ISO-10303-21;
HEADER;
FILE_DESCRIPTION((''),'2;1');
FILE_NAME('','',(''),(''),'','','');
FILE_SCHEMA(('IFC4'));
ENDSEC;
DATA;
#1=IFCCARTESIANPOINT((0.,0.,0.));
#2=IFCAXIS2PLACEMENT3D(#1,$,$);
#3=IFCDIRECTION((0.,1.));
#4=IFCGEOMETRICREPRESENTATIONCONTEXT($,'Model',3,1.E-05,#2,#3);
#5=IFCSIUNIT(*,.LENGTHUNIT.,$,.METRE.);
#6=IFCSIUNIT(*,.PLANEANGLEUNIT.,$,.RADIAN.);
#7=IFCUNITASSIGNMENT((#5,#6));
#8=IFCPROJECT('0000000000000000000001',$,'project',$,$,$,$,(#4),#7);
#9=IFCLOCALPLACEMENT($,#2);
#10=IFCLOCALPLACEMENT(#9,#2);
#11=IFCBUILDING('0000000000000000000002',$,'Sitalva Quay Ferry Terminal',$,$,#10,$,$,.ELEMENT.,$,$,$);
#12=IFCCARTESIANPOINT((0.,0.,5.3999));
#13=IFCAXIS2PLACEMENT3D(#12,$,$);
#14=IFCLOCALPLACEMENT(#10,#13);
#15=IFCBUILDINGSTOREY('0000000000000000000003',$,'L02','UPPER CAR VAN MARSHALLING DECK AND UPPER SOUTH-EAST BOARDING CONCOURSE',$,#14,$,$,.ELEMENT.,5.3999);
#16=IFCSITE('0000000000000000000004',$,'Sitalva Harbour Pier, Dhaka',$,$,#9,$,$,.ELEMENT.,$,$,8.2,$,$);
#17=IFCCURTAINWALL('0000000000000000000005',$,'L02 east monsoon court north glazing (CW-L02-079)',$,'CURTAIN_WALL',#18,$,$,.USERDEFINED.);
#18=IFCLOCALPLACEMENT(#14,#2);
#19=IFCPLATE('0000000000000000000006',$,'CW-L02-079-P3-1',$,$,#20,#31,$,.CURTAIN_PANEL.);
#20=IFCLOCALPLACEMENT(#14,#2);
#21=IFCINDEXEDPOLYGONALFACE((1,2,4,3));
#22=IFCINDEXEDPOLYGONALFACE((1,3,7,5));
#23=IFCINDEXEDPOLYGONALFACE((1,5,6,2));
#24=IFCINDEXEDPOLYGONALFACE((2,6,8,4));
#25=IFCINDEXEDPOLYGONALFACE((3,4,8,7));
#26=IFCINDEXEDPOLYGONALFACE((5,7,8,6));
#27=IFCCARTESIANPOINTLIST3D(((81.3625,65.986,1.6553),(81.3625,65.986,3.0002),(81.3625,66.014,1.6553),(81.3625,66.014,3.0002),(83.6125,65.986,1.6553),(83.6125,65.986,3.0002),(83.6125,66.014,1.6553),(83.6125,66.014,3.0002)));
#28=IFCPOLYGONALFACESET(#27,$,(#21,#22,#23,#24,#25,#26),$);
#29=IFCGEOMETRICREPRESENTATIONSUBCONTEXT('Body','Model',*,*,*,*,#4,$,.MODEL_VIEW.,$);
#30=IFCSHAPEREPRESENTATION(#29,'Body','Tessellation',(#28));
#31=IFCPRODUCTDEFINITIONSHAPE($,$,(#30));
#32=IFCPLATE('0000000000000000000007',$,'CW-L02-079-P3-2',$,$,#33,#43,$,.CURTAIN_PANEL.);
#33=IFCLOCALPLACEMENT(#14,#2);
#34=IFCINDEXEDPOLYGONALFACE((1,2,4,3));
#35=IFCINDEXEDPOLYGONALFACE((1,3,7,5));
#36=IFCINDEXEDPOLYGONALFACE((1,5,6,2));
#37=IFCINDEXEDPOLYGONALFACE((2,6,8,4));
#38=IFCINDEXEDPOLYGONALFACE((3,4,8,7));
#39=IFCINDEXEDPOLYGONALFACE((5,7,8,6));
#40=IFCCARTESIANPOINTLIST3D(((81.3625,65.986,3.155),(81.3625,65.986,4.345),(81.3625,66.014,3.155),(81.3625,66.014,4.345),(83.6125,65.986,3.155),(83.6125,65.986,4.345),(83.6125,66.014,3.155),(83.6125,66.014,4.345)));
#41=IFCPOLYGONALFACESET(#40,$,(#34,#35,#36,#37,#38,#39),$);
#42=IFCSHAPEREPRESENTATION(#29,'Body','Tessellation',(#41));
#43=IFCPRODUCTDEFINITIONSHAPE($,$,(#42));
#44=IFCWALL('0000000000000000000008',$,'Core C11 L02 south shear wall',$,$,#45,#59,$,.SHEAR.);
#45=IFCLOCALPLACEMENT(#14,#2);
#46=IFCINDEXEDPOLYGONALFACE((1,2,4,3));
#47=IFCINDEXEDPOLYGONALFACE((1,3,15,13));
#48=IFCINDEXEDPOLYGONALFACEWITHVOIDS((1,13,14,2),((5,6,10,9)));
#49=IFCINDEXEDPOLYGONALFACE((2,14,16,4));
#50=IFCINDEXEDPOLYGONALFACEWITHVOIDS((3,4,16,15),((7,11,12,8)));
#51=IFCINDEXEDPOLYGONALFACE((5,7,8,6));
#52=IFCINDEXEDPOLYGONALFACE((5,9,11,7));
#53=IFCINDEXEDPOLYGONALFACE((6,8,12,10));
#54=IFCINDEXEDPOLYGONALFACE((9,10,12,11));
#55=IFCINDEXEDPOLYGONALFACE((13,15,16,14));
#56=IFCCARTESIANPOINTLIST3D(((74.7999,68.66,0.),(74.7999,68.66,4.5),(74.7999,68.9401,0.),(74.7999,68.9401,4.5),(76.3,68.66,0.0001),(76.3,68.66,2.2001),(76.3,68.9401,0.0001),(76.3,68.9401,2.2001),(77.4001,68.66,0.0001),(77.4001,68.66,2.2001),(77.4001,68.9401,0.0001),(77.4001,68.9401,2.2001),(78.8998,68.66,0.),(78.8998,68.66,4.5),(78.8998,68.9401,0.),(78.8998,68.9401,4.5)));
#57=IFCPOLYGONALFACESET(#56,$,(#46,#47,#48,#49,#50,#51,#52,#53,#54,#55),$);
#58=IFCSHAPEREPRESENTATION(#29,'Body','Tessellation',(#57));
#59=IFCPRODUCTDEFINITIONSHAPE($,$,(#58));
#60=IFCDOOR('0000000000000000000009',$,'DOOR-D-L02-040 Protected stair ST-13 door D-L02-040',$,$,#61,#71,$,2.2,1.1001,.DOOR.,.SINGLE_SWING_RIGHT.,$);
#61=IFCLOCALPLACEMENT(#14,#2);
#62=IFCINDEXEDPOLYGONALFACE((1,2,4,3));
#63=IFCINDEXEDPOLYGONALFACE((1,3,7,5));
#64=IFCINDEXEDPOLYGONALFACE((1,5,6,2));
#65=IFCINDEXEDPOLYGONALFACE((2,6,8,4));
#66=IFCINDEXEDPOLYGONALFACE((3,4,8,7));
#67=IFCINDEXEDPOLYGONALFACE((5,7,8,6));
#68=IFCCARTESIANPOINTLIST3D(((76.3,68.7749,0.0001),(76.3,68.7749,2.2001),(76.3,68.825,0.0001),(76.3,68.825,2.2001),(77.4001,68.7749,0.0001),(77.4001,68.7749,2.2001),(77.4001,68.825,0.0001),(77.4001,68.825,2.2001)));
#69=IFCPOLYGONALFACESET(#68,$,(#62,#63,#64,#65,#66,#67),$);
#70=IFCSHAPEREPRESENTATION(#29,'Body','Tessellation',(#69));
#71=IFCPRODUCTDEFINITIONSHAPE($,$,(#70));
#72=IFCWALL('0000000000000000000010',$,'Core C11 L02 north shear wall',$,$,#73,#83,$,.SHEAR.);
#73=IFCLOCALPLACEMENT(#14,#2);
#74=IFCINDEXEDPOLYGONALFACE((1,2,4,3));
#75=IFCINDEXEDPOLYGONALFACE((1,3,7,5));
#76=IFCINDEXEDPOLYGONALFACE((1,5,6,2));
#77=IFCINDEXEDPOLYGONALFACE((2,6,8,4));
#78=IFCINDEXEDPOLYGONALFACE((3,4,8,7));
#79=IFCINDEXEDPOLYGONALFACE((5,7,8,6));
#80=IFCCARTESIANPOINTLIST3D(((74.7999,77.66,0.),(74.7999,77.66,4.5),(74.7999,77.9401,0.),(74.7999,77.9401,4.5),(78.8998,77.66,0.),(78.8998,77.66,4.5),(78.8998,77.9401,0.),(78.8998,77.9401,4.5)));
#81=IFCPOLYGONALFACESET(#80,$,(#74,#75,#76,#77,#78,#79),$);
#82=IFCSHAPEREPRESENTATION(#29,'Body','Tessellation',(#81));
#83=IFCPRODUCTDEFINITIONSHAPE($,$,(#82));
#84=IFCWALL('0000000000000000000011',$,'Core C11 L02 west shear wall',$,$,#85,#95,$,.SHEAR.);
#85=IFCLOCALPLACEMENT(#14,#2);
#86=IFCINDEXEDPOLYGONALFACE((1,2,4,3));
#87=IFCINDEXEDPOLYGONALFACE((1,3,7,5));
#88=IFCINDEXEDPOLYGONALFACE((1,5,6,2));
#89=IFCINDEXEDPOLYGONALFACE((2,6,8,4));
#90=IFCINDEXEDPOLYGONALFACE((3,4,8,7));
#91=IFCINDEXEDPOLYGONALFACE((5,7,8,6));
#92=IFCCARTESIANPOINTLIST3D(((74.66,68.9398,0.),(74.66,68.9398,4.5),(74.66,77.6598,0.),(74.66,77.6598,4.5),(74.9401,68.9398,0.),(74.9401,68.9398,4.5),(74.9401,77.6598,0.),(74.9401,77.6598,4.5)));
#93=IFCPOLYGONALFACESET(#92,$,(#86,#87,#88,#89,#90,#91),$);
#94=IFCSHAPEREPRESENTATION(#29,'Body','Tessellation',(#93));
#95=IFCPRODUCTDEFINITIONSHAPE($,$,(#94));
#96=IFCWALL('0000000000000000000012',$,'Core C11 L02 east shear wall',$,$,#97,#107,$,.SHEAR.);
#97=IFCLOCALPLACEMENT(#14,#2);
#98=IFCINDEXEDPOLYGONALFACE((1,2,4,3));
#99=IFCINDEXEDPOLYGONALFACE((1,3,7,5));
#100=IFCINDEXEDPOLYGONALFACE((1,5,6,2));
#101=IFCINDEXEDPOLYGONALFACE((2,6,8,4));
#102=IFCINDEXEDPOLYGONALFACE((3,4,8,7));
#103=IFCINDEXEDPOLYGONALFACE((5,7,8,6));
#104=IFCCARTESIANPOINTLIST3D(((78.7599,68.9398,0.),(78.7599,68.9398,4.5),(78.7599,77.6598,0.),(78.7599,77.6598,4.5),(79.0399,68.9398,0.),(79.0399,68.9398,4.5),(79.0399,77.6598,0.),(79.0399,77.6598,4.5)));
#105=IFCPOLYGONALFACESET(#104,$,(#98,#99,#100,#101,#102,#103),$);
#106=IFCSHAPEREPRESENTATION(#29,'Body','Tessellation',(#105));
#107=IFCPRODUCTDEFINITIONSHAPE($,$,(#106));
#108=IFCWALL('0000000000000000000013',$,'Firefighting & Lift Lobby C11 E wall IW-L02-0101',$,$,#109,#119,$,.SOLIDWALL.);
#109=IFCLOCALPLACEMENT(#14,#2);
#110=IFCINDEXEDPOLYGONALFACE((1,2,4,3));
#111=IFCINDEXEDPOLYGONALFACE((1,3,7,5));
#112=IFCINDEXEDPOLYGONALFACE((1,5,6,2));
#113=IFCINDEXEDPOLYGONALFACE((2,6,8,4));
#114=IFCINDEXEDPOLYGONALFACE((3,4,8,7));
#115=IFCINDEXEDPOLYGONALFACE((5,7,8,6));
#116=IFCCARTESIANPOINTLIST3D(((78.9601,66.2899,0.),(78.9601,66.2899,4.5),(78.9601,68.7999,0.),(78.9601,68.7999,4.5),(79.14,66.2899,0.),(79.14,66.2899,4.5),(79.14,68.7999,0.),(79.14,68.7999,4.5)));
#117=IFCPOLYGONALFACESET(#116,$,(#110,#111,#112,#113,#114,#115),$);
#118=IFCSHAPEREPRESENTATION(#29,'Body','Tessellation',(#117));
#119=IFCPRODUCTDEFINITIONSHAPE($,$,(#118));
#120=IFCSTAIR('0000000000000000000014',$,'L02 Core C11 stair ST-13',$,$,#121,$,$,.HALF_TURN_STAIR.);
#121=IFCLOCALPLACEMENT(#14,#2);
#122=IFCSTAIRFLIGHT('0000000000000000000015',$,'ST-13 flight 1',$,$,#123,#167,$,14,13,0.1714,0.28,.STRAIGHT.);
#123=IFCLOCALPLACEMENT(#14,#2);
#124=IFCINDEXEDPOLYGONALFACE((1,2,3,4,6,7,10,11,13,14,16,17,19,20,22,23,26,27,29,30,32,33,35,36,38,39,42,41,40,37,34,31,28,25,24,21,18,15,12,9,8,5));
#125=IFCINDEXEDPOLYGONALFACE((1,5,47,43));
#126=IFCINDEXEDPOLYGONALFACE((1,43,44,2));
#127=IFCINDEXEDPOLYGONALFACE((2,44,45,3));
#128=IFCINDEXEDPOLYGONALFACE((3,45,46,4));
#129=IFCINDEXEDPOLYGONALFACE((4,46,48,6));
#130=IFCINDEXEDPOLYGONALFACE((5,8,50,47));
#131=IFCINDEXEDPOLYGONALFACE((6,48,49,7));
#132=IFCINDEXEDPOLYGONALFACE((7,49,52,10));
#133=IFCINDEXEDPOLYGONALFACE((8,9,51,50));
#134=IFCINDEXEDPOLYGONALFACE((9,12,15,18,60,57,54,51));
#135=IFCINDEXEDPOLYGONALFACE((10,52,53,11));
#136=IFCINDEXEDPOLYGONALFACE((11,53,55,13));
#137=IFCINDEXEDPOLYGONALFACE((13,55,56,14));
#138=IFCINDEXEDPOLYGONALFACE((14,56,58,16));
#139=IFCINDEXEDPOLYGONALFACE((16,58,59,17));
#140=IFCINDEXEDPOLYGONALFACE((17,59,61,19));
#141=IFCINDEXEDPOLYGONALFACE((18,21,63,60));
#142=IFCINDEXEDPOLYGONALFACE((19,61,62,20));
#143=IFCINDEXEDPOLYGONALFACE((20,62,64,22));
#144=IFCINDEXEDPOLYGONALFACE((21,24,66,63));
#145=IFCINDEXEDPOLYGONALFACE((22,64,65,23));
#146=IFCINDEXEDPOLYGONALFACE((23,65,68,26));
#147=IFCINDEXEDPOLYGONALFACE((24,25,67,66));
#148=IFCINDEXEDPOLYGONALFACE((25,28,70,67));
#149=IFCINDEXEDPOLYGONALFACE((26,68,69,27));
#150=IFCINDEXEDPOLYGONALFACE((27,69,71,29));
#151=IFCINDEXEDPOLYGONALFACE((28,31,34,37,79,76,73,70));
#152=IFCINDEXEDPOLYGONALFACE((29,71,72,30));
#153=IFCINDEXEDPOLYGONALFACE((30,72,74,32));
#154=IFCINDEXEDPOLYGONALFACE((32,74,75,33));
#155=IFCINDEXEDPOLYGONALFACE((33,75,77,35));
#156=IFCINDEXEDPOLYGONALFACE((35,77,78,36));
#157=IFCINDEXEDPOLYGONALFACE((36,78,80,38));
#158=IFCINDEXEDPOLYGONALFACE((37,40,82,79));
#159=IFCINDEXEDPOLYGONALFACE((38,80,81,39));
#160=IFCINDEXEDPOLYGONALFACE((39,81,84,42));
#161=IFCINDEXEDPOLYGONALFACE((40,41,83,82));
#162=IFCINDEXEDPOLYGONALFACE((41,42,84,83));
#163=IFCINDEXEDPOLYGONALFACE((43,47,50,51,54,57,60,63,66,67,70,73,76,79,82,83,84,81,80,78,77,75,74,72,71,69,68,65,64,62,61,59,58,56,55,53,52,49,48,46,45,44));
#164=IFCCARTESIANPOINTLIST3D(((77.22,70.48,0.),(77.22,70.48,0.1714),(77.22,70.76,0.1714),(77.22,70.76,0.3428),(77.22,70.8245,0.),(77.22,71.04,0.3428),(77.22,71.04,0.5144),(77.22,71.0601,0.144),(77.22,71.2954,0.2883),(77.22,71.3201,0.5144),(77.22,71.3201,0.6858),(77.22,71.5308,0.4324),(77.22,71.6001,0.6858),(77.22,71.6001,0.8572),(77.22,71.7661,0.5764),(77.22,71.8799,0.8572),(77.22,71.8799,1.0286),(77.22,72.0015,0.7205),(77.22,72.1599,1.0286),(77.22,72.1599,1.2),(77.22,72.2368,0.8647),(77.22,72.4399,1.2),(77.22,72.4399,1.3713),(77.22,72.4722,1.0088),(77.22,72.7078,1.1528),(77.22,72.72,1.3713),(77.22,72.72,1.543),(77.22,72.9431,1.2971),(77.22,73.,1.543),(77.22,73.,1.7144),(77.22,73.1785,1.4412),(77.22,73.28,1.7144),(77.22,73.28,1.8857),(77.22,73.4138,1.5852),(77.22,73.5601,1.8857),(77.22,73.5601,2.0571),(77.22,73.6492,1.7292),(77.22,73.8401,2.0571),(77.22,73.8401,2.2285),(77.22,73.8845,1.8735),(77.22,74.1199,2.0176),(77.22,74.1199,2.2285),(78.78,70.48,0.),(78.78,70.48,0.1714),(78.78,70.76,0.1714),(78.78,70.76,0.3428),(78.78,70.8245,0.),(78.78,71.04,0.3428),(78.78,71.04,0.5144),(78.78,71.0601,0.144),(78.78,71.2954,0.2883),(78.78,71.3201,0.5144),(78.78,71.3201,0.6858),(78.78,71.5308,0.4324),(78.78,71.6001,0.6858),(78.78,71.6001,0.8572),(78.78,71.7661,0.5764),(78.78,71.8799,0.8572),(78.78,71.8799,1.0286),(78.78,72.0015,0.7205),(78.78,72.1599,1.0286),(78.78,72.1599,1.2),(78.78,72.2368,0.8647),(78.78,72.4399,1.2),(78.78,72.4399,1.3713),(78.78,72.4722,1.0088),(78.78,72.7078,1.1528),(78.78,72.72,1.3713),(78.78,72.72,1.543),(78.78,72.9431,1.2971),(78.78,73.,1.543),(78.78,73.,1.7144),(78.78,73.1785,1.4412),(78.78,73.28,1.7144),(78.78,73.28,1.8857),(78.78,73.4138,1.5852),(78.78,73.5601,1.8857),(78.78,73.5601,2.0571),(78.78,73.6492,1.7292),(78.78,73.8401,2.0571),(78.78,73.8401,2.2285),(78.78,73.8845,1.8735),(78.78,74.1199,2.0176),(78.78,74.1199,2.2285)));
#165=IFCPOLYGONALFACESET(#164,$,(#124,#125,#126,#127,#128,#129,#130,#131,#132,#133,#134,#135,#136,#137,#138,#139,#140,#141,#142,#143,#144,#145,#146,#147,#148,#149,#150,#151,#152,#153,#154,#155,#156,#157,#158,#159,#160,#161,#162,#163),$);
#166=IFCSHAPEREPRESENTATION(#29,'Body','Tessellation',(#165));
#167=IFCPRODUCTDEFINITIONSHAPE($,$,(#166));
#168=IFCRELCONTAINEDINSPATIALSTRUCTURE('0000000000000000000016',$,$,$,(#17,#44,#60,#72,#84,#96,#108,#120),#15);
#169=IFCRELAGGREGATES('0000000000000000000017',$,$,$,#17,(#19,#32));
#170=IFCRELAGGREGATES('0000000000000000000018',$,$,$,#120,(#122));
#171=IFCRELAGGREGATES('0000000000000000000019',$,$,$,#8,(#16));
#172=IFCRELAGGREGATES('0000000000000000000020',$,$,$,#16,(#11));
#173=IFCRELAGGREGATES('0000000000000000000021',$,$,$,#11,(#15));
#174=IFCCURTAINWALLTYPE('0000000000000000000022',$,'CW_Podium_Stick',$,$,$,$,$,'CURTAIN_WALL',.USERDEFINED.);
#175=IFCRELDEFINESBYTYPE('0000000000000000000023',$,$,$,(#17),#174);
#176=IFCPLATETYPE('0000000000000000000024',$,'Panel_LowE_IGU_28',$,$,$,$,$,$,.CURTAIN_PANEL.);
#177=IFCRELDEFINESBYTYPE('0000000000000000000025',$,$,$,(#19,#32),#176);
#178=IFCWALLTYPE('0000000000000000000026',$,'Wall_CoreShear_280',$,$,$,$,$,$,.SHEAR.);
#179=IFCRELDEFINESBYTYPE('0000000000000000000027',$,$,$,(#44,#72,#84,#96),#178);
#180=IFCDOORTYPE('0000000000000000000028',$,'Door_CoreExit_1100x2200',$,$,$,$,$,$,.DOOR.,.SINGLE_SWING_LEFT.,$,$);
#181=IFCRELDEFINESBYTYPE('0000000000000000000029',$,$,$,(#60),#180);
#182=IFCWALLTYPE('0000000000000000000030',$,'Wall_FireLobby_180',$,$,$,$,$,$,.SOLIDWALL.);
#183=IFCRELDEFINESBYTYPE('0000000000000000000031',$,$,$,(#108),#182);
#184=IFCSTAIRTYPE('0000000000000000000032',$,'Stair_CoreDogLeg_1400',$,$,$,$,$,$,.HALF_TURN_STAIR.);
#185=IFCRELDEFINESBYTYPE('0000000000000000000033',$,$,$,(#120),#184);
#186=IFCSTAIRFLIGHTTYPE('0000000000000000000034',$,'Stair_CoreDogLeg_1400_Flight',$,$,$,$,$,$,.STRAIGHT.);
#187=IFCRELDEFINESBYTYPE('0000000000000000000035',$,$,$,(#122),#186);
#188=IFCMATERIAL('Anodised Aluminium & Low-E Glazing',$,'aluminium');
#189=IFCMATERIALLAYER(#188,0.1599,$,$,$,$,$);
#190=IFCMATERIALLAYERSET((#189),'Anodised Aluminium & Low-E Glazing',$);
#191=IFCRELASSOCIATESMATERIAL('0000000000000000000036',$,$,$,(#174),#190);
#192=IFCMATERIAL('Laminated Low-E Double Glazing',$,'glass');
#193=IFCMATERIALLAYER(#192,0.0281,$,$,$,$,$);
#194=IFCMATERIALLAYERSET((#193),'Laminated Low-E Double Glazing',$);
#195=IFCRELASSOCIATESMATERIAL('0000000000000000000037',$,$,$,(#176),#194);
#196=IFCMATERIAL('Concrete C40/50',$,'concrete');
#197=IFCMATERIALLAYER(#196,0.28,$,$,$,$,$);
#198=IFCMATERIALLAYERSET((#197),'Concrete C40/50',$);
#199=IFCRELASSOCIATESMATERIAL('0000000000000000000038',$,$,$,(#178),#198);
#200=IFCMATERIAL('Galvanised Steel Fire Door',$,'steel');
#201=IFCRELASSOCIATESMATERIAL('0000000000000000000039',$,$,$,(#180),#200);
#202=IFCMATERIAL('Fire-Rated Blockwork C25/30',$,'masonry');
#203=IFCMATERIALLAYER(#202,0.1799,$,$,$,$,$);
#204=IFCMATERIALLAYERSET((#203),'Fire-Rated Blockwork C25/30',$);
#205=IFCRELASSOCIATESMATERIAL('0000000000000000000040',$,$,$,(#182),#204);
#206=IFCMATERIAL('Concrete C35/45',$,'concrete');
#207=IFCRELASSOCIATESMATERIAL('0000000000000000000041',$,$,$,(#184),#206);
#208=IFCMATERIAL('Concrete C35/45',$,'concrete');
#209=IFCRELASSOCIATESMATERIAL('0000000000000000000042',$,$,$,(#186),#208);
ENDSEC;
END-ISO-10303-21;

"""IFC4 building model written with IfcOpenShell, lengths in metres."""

from ifc_helpers import new_model, si_unit, direction, frame, frame_2d, origin, origin_2d, place, context, subcontext, project, spatial, polyline, rectangle, outline, extrude, material, layer, layer_set, type_object, element, fill, aggregate, save


model = new_model("IFC4")

# Units and contexts
model_context = context("Model", 3, precision=1e-05, world=origin(), true_north=direction((0.0, 1.0)))
body_context = subcontext(model_context, "Body", "Model", "MODEL_VIEW")
ifc_project = project(units=[si_unit("LENGTHUNIT", "METRE"), si_unit("PLANEANGLEUNIT", "RADIAN")], contexts=[model_context])

# Site, building, storey
site_placement = place(None, origin())
site = spatial("IfcSite", under=ifc_project, at=site_placement, Name="Sitalva Harbour Pier, Dhaka", CompositionType="ELEMENT", RefElevation=8.2)
building_placement = place(site_placement, origin())
building = spatial("IfcBuilding", under=site, at=building_placement, Name="Sitalva Quay Ferry Terminal", CompositionType="ELEMENT")
storey_placement = place(building_placement, frame((0.0, 0.0, 5.3999)))
storey = spatial("IfcBuildingStorey", under=building, at=storey_placement, Name="L02", Description="UPPER CAR VAN MARSHALLING DECK AND UPPER SOUTH-EAST BOARDING CONCOURSE", CompositionType="ELEMENT", Elevation=5.3999)

# Curtain wall, plates
ifc_material_1 = material(Name="Anodised Aluminium & Low-E Glazing", Category="aluminium")
ifc_layer_1 = layer(ifc_material_1, 0.1599)
ifc_layer_set_1 = layer_set([ifc_layer_1], Name="Anodised Aluminium & Low-E Glazing")
curtain_wall_type = type_object("IfcCurtainWallType", Name="CW_Podium_Stick", ElementType="CURTAIN_WALL", PredefinedType="USERDEFINED", material=ifc_layer_set_1)
curtain_wall_placement = place(storey_placement, origin())
curtain_wall = element("IfcCurtainWall", 1, at=curtain_wall_placement, inside=storey, type_object=curtain_wall_type, Name="L02 east monsoon court north glazing (CW-L02-079)", ObjectType="CURTAIN_WALL", PredefinedType="USERDEFINED")
ifc_material_2 = material(Name="Laminated Low-E Double Glazing", Category="glass")
ifc_layer_2 = layer(ifc_material_2, 0.0281)
ifc_layer_set_2 = layer_set([ifc_layer_2], Name="Laminated Low-E Double Glazing")
plate_type = type_object("IfcPlateType", Name="Panel_LowE_IGU_28", PredefinedType="CURTAIN_PANEL", material=ifc_layer_set_2)
plate_1_placement = place(storey_placement, frame((82.4875, 66.0, 1.6553), z_axis=(0.0, 0.0, 1.0), x_axis=(1.0, 0.0, 0.0)))
plate_1 = element("IfcPlate", 2, at=plate_1_placement, type_object=plate_type, Name="CW-L02-079-P3-1", PredefinedType="CURTAIN_PANEL", context=body_context, shape_type="SweptSolid", body=[
    extrude(rectangle(XDim=2.25, YDim=0.0281, at=origin_2d()), origin(), (0.0, 0.0, 1.0), 1.345),
])
plate_2_placement = place(storey_placement, frame((82.4875, 66.0, 3.155), z_axis=(0.0, 0.0, 1.0), x_axis=(1.0, 0.0, 0.0)))
plate_2 = element("IfcPlate", 3, at=plate_2_placement, type_object=plate_type, Name="CW-L02-079-P3-2", PredefinedType="CURTAIN_PANEL", context=body_context, shape_type="SweptSolid", body=[
    extrude(rectangle(XDim=2.25, YDim=0.0281, at=origin_2d()), origin(), (0.0, 0.0, 1.0), 1.1899),
])
aggregate(curtain_wall, [plate_1, plate_2])

# Wall, opening, door
ifc_material_3 = material(Name="Concrete C40/50", Category="concrete")
ifc_layer_3 = layer(ifc_material_3, 0.28)
ifc_layer_set_3 = layer_set([ifc_layer_3], Name="Concrete C40/50")
wall_type_1 = type_object("IfcWallType", Name="Wall_CoreShear_280", PredefinedType="SHEAR", material=ifc_layer_set_3)
wall_1_placement = place(storey_placement, frame((74.8, 68.8, 0.0), z_axis=(0.0, 0.0, 1.0), x_axis=(1.0, 0.0, 0.0)))
wall_1 = element("IfcWall", 4, at=wall_1_placement, inside=storey, type_object=wall_type_1, Name="Core C11 L02 south shear wall", PredefinedType="SHEAR", context=body_context, shape_type="SweptSolid", body=[
    extrude(rectangle(XDim=4.0999, YDim=0.28, at=frame_2d((2.0498, 0.0))), origin(), (0.0, 0.0, 1.0), 4.5),
])
opening_placement = place(wall_1_placement, frame((1.5, 0.0, 0.0)))
opening = element("IfcOpeningElement", 5, at=opening_placement, cuts=wall_1, PredefinedType="OPENING", context=body_context, shape_type="SweptSolid", body=[
    extrude(rectangle(XDim=1.1001, YDim=2.2, at=frame_2d((0.55, 1.1001))), frame((0.0, 0.1499, 0.0), z_axis=(0.0, -1.0, 0.0), x_axis=(1.0, 0.0, 0.0)), (0.0, 0.0, 1.0), 0.3),
])
ifc_material_4 = material(Name="Galvanised Steel Fire Door", Category="steel")
door_type = type_object("IfcDoorType", Name="Door_CoreExit_1100x2200", OperationType="SINGLE_SWING_LEFT", PredefinedType="DOOR", material=ifc_material_4)
door_placement = place(opening_placement, origin())
door = element("IfcDoor", 6, at=door_placement, inside=storey, type_object=door_type, Name="DOOR-D-L02-040 Protected stair ST-13 door D-L02-040", OperationType="SINGLE_SWING_RIGHT", OverallHeight=2.2, OverallWidth=1.1001, PredefinedType="DOOR", context=body_context, shape_type="SweptSolid", body=[
    extrude(rectangle(XDim=1.1001, YDim=2.2, at=frame_2d((0.55, 1.1001))), frame((0.0, 0.0249, 0.0), z_axis=(0.0, -1.0, 0.0), x_axis=(1.0, 0.0, 0.0)), (0.0, 0.0, 1.0), 0.05),
])
fill(opening, door)

# Walls
wall_2_placement = place(storey_placement, frame((74.8, 77.8, 0.0), z_axis=(0.0, 0.0, 1.0), x_axis=(1.0, 0.0, 0.0)))
element("IfcWall", 7, at=wall_2_placement, inside=storey, type_object=wall_type_1, Name="Core C11 L02 north shear wall", PredefinedType="SHEAR", context=body_context, shape_type="SweptSolid", body=[
    extrude(rectangle(XDim=4.0999, YDim=0.28, at=frame_2d((2.0498, 0.0))), origin(), (0.0, 0.0, 1.0), 4.5),
])
for number, where, z_axis, x_axis, name in (
    (8, (74.8, 68.9399, 0.0), (0.0, 0.0, 1.0), (0.0, 1.0, 0.0), "Core C11 L02 west shear wall"),
    (9, (78.8999, 68.9399, 0.0), (0.0, 0.0, 1.0), (0.0, 1.0, 0.0), "Core C11 L02 east shear wall"),
):
    element("IfcWall", number, at=place(storey_placement, frame(where, z_axis=z_axis, x_axis=x_axis)), inside=storey, type_object=wall_type_1, Name=name, PredefinedType="SHEAR", context=body_context, shape_type="SweptSolid", body=[
        extrude(rectangle(XDim=8.72, YDim=0.28, at=frame_2d((4.3599, 0.0))), origin(), (0.0, 0.0, 1.0), 4.5),
    ])
ifc_material_5 = material(Name="Fire-Rated Blockwork C25/30", Category="masonry")
ifc_layer_4 = layer(ifc_material_5, 0.1799)
ifc_layer_set_4 = layer_set([ifc_layer_4], Name="Fire-Rated Blockwork C25/30")
wall_type_2 = type_object("IfcWallType", Name="Wall_FireLobby_180", PredefinedType="SOLIDWALL", material=ifc_layer_set_4)
wall_3_placement = place(storey_placement, frame((79.05, 66.29, 0.0), z_axis=(0.0, 0.0, 1.0), x_axis=(0.0, 1.0, 0.0)))
element("IfcWall", 10, at=wall_3_placement, inside=storey, type_object=wall_type_2, Name="Firefighting & Lift Lobby C11 E wall IW-L02-0101", PredefinedType="SOLIDWALL", context=body_context, shape_type="SweptSolid", body=[
    extrude(rectangle(XDim=2.51, YDim=0.1799, at=frame_2d((1.2549, 0.0))), origin(), (0.0, 0.0, 1.0), 4.5),
])

# Stair, stair flight
ifc_material_6 = material(Name="Concrete C35/45", Category="concrete")
stair_type = type_object("IfcStairType", Name="Stair_CoreDogLeg_1400", PredefinedType="HALF_TURN_STAIR", material=ifc_material_6)
stair_placement = place(storey_placement, origin())
stair = element("IfcStair", 11, at=stair_placement, inside=storey, type_object=stair_type, Name="L02 Core C11 stair ST-13", PredefinedType="HALF_TURN_STAIR")
ifc_material_7 = material(Name="Concrete C35/45", Category="concrete")
stair_flight_type = type_object("IfcStairFlightType", Name="Stair_CoreDogLeg_1400_Flight", PredefinedType="STRAIGHT", material=ifc_material_7)
stair_flight_1_placement = place(storey_placement, frame((78.0, 70.48, 0.0), z_axis=(0.0, 0.0, 1.0), x_axis=(0.0, 1.0, 0.0)))
stair_flight_1 = element("IfcStairFlight", 12, at=stair_flight_1_placement, type_object=stair_flight_type, Name="ST-13 flight 1", NumberOfRisers=14, NumberOfTreads=13, PredefinedType="STRAIGHT", RiserHeight=0.1714, TreadLength=0.28, context=body_context, shape_type="SweptSolid", body=[
    extrude(outline(polyline([(0.0, 0.0), (0.0, 0.1714), (0.28, 0.1714), (0.28, 0.3428), (0.5601, 0.3428), (0.5601, 0.5144), (0.8401, 0.5144), (0.8401, 0.6858), (1.1201, 0.6858), (1.1201, 0.8572), (1.3999, 0.8572), (1.3999, 1.0286), (1.6799, 1.0286), (1.6799, 1.2), (1.96, 1.2), (1.96, 1.3713), (2.24, 1.3713), (2.24, 1.543), (2.52, 1.543), (2.52, 1.7144), (2.8, 1.7144), (2.8, 1.8857), (3.0801, 1.8857), (3.0801, 2.0571), (3.3601, 2.0571), (3.3601, 2.2285), (3.6399, 2.2285), (3.6399, 2.3999), (3.6399, 2.0176), (3.4045, 1.8735), (3.1692, 1.7292), (2.9338, 1.5852), (2.6985, 1.4412), (2.4631, 1.2971), (2.2278, 1.1528), (1.9922, 1.0088), (1.7568, 0.8647), (1.5215, 0.7205), (1.2861, 0.5764), (1.0508, 0.4324), (0.8154, 0.2883), (0.5801, 0.144), (0.3445, 0.0), (0.0, 0.0)])), frame((0.0, 0.78, 0.0), z_axis=(0.0, -1.0, 0.0), x_axis=(1.0, 0.0, 0.0)), (0.0, 0.0, 1.0), 1.5601),
])
aggregate(stair, [stair_flight_1])

save(model, "model.ifc")
